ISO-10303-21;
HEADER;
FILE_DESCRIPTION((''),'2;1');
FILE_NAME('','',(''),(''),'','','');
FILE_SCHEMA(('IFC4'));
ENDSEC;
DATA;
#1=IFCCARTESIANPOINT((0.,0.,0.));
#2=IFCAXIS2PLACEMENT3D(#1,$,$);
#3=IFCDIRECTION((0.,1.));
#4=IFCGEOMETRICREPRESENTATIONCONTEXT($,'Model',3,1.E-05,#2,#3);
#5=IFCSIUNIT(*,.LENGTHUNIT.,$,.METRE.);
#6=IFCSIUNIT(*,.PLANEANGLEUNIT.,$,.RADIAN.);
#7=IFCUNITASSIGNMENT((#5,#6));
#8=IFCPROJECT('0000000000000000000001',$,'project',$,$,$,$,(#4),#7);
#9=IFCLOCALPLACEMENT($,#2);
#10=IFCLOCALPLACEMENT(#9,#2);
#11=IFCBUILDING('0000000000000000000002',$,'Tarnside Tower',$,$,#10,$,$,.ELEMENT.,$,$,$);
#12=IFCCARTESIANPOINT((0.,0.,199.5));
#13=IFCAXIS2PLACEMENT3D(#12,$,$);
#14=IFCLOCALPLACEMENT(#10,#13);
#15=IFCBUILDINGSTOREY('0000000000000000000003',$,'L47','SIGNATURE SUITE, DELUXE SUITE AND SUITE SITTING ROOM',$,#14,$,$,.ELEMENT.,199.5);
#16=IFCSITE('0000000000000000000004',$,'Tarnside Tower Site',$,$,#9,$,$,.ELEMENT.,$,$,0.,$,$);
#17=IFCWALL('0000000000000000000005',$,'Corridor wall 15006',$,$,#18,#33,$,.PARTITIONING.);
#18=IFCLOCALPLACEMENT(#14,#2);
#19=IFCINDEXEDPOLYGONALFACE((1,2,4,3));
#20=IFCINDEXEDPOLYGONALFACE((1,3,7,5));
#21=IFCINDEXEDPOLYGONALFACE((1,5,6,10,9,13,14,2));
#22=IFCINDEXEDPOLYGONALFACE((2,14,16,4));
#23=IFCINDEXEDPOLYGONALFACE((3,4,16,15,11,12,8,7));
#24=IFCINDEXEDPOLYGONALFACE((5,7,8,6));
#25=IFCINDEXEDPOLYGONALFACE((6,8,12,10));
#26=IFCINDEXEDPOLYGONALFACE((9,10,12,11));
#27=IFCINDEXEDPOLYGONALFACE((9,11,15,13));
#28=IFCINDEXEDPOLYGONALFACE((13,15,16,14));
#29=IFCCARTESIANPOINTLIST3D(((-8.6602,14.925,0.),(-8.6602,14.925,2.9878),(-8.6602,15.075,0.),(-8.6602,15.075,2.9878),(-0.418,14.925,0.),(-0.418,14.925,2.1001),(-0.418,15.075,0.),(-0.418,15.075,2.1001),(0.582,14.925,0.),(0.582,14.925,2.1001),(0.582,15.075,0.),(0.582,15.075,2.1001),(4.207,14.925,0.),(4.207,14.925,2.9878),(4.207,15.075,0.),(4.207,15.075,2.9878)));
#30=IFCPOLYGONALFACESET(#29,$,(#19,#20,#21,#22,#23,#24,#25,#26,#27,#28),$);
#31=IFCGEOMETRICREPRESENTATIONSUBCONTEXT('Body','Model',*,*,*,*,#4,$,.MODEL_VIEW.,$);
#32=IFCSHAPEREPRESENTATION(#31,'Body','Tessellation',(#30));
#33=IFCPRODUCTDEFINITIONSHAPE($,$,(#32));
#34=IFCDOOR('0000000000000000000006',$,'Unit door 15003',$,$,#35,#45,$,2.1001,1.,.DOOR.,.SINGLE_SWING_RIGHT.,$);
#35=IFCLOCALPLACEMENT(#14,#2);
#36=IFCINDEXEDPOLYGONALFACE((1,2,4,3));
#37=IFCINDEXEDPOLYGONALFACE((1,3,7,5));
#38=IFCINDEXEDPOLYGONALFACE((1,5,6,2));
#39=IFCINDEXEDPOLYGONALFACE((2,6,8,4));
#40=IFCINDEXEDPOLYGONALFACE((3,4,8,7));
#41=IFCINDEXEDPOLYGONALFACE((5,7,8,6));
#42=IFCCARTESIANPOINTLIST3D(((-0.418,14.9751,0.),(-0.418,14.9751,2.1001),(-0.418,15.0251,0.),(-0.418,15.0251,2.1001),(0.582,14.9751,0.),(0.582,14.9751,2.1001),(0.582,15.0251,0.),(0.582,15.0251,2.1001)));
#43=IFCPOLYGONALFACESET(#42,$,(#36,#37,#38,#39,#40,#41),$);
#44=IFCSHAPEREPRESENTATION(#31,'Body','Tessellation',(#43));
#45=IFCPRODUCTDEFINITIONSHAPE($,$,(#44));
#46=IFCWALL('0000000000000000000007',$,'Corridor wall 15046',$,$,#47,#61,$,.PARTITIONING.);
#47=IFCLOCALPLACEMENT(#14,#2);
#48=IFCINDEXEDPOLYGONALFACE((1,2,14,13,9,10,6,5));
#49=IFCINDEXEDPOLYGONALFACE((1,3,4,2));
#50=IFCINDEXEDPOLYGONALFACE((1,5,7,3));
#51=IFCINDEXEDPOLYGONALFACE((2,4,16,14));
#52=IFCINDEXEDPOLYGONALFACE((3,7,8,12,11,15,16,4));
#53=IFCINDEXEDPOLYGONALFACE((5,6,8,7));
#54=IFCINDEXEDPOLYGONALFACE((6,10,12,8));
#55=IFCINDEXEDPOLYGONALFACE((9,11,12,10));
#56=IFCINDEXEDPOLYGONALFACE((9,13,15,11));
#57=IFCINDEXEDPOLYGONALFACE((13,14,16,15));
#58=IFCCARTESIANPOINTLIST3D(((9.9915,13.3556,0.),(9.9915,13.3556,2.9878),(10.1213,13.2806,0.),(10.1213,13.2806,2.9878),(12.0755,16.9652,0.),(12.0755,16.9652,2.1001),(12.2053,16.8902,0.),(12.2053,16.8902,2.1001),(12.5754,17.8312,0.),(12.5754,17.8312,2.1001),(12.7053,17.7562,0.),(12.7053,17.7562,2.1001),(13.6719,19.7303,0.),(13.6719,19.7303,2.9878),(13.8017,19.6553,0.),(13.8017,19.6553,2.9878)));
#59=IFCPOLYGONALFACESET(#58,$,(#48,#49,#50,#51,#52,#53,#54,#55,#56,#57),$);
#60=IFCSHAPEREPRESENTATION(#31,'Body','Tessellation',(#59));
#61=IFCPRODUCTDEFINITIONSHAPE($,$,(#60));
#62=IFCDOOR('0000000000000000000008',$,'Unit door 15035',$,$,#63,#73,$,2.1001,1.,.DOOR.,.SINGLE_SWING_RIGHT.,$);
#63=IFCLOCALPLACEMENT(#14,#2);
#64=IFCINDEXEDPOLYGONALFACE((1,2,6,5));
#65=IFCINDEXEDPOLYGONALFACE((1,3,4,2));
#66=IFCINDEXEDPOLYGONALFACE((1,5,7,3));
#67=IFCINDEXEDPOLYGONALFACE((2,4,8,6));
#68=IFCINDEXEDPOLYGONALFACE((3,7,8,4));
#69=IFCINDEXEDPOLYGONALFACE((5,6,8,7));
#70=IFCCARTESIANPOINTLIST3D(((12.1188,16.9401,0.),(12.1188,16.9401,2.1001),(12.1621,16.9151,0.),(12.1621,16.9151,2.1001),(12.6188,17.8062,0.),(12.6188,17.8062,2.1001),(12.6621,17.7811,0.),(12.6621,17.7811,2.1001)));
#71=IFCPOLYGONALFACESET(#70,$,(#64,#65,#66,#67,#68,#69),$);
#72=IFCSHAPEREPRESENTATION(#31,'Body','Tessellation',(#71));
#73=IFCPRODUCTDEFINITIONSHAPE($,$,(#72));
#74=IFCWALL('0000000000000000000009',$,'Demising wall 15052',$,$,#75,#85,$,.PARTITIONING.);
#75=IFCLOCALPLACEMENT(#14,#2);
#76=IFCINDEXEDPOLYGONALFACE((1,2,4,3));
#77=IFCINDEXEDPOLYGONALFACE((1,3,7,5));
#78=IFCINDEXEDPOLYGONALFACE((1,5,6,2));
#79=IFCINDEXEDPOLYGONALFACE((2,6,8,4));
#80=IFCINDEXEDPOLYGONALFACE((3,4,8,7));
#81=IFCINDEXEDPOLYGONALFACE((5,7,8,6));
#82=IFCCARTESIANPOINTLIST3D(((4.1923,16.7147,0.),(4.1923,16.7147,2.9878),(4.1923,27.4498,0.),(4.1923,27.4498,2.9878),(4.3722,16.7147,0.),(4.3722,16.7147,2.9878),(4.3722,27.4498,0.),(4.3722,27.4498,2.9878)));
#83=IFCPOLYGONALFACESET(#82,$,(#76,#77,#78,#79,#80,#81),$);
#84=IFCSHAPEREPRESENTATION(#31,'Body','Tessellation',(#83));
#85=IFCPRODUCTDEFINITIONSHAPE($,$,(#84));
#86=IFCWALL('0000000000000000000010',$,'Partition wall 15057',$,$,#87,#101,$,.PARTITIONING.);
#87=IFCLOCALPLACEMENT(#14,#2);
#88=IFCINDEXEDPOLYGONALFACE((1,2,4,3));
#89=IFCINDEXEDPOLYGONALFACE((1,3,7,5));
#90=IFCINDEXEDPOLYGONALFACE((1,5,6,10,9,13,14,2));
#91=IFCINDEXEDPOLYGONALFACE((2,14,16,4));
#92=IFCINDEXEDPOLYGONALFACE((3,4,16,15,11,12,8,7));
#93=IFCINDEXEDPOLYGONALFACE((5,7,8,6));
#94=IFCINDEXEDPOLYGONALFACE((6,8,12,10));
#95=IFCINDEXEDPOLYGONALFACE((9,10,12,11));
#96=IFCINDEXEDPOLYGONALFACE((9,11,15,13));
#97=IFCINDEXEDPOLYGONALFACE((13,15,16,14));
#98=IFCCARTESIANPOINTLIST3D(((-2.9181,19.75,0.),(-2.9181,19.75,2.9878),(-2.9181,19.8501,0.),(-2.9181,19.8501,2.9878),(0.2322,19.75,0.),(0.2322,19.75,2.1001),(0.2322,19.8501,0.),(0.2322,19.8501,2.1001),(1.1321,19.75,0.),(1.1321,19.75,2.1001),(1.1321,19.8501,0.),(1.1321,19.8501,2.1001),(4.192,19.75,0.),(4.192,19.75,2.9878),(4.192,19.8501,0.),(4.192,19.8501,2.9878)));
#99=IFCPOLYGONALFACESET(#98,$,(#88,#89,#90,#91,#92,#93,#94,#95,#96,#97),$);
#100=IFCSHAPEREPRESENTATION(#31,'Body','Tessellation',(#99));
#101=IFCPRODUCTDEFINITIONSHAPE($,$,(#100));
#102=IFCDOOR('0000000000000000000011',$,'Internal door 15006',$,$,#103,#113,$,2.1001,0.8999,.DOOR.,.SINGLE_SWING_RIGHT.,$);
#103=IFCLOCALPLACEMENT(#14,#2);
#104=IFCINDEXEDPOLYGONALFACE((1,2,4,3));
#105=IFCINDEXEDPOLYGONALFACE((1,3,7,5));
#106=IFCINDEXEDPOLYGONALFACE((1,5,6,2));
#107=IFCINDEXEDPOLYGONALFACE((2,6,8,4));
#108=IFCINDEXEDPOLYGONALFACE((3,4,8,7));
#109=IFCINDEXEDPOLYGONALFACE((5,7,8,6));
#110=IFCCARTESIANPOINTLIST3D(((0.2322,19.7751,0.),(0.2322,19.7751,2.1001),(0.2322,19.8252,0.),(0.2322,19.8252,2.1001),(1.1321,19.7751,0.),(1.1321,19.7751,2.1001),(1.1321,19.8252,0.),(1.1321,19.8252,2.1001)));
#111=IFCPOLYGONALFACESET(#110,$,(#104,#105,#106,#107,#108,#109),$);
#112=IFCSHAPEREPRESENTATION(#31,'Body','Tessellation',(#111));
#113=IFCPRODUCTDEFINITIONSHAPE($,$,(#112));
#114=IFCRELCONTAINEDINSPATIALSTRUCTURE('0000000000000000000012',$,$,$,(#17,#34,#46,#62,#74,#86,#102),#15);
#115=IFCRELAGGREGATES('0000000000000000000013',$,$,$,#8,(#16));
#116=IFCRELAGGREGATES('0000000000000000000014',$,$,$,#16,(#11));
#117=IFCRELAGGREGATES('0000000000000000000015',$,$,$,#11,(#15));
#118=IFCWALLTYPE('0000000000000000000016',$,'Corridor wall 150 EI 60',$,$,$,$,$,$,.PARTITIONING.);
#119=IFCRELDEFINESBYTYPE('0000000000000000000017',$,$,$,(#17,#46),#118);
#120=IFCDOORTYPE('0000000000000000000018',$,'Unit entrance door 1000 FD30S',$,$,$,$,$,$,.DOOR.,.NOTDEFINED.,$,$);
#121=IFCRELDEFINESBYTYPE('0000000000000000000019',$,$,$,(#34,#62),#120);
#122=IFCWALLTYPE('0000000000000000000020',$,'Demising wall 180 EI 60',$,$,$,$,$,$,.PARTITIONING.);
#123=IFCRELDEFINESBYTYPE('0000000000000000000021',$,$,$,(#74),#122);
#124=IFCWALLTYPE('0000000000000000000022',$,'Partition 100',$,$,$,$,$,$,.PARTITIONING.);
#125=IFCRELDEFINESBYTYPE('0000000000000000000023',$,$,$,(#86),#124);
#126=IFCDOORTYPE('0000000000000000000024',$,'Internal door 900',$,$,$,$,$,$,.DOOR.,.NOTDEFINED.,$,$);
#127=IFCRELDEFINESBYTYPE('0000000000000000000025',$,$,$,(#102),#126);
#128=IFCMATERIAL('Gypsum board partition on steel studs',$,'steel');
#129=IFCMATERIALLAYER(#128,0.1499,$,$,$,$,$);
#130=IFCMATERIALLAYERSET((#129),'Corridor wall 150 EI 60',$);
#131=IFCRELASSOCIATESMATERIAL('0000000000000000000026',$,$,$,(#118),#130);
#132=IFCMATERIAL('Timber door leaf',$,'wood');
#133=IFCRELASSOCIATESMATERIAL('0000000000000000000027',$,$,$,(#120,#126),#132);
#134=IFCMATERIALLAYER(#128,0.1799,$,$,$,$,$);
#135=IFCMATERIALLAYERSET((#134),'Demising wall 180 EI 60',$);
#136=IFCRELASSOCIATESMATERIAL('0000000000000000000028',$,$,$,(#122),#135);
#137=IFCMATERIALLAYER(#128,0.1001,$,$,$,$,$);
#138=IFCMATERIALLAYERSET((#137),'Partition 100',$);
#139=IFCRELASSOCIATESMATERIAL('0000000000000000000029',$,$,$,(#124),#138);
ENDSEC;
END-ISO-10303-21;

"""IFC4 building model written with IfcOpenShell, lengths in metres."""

from ifc_helpers import new_model, si_unit, direction, frame, frame_2d, origin, place, context, subcontext, project, spatial, rectangle, extrude, material, layer, layer_set, type_object, element, fill, save


model = new_model("IFC4")

# Units and contexts
model_context = context("Model", 3, precision=1e-05, world=origin(), true_north=direction((0.0, 1.0)))
body_context = subcontext(model_context, "Body", "Model", "MODEL_VIEW")
ifc_project = project(units=[si_unit("LENGTHUNIT", "METRE"), si_unit("PLANEANGLEUNIT", "RADIAN")], contexts=[model_context])

# Site, building, storey
site_placement = place(None, origin())
site = spatial("IfcSite", under=ifc_project, at=site_placement, Name="Tarnside Tower Site", CompositionType="ELEMENT", RefElevation=0.0)
building_placement = place(site_placement, origin())
building = spatial("IfcBuilding", under=site, at=building_placement, Name="Tarnside Tower", CompositionType="ELEMENT")
storey_placement = place(building_placement, frame((0.0, 0.0, 199.5)))
storey = spatial("IfcBuildingStorey", under=building, at=storey_placement, Name="L47", Description="SIGNATURE SUITE, DELUXE SUITE AND SUITE SITTING ROOM", CompositionType="ELEMENT", Elevation=199.5)

# Shared definitions
ifc_material_1 = material(Name="Gypsum board partition on steel studs", Category="steel")

# Shared definitions
ifc_material_2 = material(Name="Timber door leaf", Category="wood")
ifc_layer_1 = layer(ifc_material_1, 0.1499)
ifc_layer_set_1 = layer_set([ifc_layer_1], Name="Corridor wall 150 EI 60")
wall_type_1 = type_object("IfcWallType", Name="Corridor wall 150 EI 60", PredefinedType="PARTITIONING", material=ifc_layer_set_1)
door_type_1 = type_object("IfcDoorType", Name="Unit entrance door 1000 FD30S", OperationType="NOTDEFINED", PredefinedType="DOOR", material=ifc_material_2)

# Walls, openings, doors
wall_1_placement = place(storey_placement, frame((4.207, 15.0, 0.0), z_axis=(0.0, 0.0, 1.0), x_axis=(-1.0, 0.0, 0.0)))
wall_1 = element("IfcWall", 1, at=wall_1_placement, inside=storey, type_object=wall_type_1, Name="Corridor wall 15006", PredefinedType="PARTITIONING", context=body_context, shape_type="SweptSolid", body=[
    extrude(rectangle(XDim=12.8672, YDim=0.1499, at=frame_2d((6.4336, 0.0))), origin(), (0.0, 0.0, 1.0), 2.9878),
])
opening_1_placement = place(wall_1_placement, frame((3.625, 0.0, 0.0)))
opening_1 = element("IfcOpeningElement", 2, at=opening_1_placement, cuts=wall_1, PredefinedType="OPENING", context=body_context, shape_type="SweptSolid", body=[
    extrude(rectangle(XDim=1.0, YDim=2.1001, at=frame_2d((0.5, 1.05))), frame((0.0, 0.085, 0.0), z_axis=(0.0, -1.0, 0.0), x_axis=(1.0, 0.0, 0.0)), (0.0, 0.0, 1.0), 0.1699),
])
door_1_placement = place(opening_1_placement, origin())
door_1 = element("IfcDoor", 3, at=door_1_placement, inside=storey, type_object=door_type_1, Name="Unit door 15003", OperationType="SINGLE_SWING_RIGHT", OverallHeight=2.1001, OverallWidth=1.0, PredefinedType="DOOR", context=body_context, shape_type="SweptSolid", body=[
    extrude(rectangle(XDim=1.0, YDim=2.1001, at=frame_2d((0.5, 1.05))), frame((0.0, 0.0249, 0.0), z_axis=(0.0, -1.0, 0.0), x_axis=(1.0, 0.0, 0.0)), (0.0, 0.0, 1.0), 0.05),
])
fill(opening_1, door_1)
wall_2_placement = place(storey_placement, frame((10.0564, 13.3181, 0.0), z_axis=(0.0, 0.0, 1.0), x_axis=(0.499995, 0.866028, 0.0)))
wall_2 = element("IfcWall", 4, at=wall_2_placement, inside=storey, type_object=wall_type_1, Name="Corridor wall 15046", PredefinedType="PARTITIONING", context=body_context, shape_type="SweptSolid", body=[
    extrude(rectangle(XDim=7.3608, YDim=0.1499, at=frame_2d((3.6804, 0.0))), origin(), (0.0, 0.0, 1.0), 2.9878),
])
opening_2_placement = place(wall_2_placement, frame((4.168, 0.0, 0.0)))
opening_2 = element("IfcOpeningElement", 5, at=opening_2_placement, cuts=wall_2, PredefinedType="OPENING", context=body_context, shape_type="SweptSolid", body=[
    extrude(rectangle(XDim=1.0, YDim=2.1001, at=frame_2d((0.5, 1.05))), frame((0.0, 0.085, 0.0), z_axis=(0.0, -1.0, 0.0), x_axis=(1.0, 0.0, 0.0)), (0.0, 0.0, 1.0), 0.1699),
])
door_2_placement = place(opening_2_placement, origin())
door_2 = element("IfcDoor", 6, at=door_2_placement, inside=storey, type_object=door_type_1, Name="Unit door 15035", OperationType="SINGLE_SWING_RIGHT", OverallHeight=2.1001, OverallWidth=1.0, PredefinedType="DOOR", context=body_context, shape_type="SweptSolid", body=[
    extrude(rectangle(XDim=1.0, YDim=2.1001, at=frame_2d((0.5, 1.05))), frame((0.0, 0.0249, 0.0), z_axis=(0.0, -1.0, 0.0), x_axis=(1.0, 0.0, 0.0)), (0.0, 0.0, 1.0), 0.05),
])
fill(opening_2, door_2)

# Wall
ifc_layer_2 = layer(ifc_material_1, 0.1799)
ifc_layer_set_2 = layer_set([ifc_layer_2], Name="Demising wall 180 EI 60")
wall_type_2 = type_object("IfcWallType", Name="Demising wall 180 EI 60", PredefinedType="PARTITIONING", material=ifc_layer_set_2)
wall_3_placement = place(storey_placement, frame((4.2822, 27.45, 0.0), z_axis=(0.0, 0.0, 1.0), x_axis=(0.0, -1.0, 0.0)))
element("IfcWall", 7, at=wall_3_placement, inside=storey, type_object=wall_type_2, Name="Demising wall 15052", PredefinedType="PARTITIONING", context=body_context, shape_type="SweptSolid", body=[
    extrude(rectangle(XDim=10.7351, YDim=0.1799, at=frame_2d((5.3677, 0.0))), origin(), (0.0, 0.0, 1.0), 2.9878),
])

# Wall, opening, door
ifc_layer_3 = layer(ifc_material_1, 0.1001)
ifc_layer_set_3 = layer_set([ifc_layer_3], Name="Partition 100")
wall_type_3 = type_object("IfcWallType", Name="Partition 100", PredefinedType="PARTITIONING", material=ifc_layer_set_3)
wall_4_placement = place(storey_placement, frame((4.1921, 19.8, 0.0), z_axis=(0.0, 0.0, 1.0), x_axis=(-1.0, 0.0, 0.0)))
wall_4 = element("IfcWall", 8, at=wall_4_placement, inside=storey, type_object=wall_type_3, Name="Partition wall 15057", PredefinedType="PARTITIONING", context=body_context, shape_type="SweptSolid", body=[
    extrude(rectangle(XDim=7.1101, YDim=0.1001, at=frame_2d((3.5552, 0.0))), origin(), (0.0, 0.0, 1.0), 2.9878),
])
opening_3_placement = place(wall_4_placement, frame((3.0601, 0.0, 0.0)))
opening_3 = element("IfcOpeningElement", 9, at=opening_3_placement, cuts=wall_4, PredefinedType="OPENING", context=body_context, shape_type="SweptSolid", body=[
    extrude(rectangle(XDim=0.8999, YDim=2.1001, at=frame_2d((0.45, 1.05))), frame((0.0, 0.0601, 0.0), z_axis=(0.0, -1.0, 0.0), x_axis=(1.0, 0.0, 0.0)), (0.0, 0.0, 1.0), 0.1201),
])
door_type_2 = type_object("IfcDoorType", Name="Internal door 900", OperationType="NOTDEFINED", PredefinedType="DOOR", material=ifc_material_2)
door_3_placement = place(opening_3_placement, origin())
door_3 = element("IfcDoor", 10, at=door_3_placement, inside=storey, type_object=door_type_2, Name="Internal door 15006", OperationType="SINGLE_SWING_RIGHT", OverallHeight=2.1001, OverallWidth=0.8999, PredefinedType="DOOR", context=body_context, shape_type="SweptSolid", body=[
    extrude(rectangle(XDim=0.8999, YDim=2.1001, at=frame_2d((0.45, 1.05))), frame((0.0, 0.0249, 0.0), z_axis=(0.0, -1.0, 0.0), x_axis=(1.0, 0.0, 0.0)), (0.0, 0.0, 1.0), 0.05),
])
fill(opening_3, door_3)

save(model, "model.ifc")
